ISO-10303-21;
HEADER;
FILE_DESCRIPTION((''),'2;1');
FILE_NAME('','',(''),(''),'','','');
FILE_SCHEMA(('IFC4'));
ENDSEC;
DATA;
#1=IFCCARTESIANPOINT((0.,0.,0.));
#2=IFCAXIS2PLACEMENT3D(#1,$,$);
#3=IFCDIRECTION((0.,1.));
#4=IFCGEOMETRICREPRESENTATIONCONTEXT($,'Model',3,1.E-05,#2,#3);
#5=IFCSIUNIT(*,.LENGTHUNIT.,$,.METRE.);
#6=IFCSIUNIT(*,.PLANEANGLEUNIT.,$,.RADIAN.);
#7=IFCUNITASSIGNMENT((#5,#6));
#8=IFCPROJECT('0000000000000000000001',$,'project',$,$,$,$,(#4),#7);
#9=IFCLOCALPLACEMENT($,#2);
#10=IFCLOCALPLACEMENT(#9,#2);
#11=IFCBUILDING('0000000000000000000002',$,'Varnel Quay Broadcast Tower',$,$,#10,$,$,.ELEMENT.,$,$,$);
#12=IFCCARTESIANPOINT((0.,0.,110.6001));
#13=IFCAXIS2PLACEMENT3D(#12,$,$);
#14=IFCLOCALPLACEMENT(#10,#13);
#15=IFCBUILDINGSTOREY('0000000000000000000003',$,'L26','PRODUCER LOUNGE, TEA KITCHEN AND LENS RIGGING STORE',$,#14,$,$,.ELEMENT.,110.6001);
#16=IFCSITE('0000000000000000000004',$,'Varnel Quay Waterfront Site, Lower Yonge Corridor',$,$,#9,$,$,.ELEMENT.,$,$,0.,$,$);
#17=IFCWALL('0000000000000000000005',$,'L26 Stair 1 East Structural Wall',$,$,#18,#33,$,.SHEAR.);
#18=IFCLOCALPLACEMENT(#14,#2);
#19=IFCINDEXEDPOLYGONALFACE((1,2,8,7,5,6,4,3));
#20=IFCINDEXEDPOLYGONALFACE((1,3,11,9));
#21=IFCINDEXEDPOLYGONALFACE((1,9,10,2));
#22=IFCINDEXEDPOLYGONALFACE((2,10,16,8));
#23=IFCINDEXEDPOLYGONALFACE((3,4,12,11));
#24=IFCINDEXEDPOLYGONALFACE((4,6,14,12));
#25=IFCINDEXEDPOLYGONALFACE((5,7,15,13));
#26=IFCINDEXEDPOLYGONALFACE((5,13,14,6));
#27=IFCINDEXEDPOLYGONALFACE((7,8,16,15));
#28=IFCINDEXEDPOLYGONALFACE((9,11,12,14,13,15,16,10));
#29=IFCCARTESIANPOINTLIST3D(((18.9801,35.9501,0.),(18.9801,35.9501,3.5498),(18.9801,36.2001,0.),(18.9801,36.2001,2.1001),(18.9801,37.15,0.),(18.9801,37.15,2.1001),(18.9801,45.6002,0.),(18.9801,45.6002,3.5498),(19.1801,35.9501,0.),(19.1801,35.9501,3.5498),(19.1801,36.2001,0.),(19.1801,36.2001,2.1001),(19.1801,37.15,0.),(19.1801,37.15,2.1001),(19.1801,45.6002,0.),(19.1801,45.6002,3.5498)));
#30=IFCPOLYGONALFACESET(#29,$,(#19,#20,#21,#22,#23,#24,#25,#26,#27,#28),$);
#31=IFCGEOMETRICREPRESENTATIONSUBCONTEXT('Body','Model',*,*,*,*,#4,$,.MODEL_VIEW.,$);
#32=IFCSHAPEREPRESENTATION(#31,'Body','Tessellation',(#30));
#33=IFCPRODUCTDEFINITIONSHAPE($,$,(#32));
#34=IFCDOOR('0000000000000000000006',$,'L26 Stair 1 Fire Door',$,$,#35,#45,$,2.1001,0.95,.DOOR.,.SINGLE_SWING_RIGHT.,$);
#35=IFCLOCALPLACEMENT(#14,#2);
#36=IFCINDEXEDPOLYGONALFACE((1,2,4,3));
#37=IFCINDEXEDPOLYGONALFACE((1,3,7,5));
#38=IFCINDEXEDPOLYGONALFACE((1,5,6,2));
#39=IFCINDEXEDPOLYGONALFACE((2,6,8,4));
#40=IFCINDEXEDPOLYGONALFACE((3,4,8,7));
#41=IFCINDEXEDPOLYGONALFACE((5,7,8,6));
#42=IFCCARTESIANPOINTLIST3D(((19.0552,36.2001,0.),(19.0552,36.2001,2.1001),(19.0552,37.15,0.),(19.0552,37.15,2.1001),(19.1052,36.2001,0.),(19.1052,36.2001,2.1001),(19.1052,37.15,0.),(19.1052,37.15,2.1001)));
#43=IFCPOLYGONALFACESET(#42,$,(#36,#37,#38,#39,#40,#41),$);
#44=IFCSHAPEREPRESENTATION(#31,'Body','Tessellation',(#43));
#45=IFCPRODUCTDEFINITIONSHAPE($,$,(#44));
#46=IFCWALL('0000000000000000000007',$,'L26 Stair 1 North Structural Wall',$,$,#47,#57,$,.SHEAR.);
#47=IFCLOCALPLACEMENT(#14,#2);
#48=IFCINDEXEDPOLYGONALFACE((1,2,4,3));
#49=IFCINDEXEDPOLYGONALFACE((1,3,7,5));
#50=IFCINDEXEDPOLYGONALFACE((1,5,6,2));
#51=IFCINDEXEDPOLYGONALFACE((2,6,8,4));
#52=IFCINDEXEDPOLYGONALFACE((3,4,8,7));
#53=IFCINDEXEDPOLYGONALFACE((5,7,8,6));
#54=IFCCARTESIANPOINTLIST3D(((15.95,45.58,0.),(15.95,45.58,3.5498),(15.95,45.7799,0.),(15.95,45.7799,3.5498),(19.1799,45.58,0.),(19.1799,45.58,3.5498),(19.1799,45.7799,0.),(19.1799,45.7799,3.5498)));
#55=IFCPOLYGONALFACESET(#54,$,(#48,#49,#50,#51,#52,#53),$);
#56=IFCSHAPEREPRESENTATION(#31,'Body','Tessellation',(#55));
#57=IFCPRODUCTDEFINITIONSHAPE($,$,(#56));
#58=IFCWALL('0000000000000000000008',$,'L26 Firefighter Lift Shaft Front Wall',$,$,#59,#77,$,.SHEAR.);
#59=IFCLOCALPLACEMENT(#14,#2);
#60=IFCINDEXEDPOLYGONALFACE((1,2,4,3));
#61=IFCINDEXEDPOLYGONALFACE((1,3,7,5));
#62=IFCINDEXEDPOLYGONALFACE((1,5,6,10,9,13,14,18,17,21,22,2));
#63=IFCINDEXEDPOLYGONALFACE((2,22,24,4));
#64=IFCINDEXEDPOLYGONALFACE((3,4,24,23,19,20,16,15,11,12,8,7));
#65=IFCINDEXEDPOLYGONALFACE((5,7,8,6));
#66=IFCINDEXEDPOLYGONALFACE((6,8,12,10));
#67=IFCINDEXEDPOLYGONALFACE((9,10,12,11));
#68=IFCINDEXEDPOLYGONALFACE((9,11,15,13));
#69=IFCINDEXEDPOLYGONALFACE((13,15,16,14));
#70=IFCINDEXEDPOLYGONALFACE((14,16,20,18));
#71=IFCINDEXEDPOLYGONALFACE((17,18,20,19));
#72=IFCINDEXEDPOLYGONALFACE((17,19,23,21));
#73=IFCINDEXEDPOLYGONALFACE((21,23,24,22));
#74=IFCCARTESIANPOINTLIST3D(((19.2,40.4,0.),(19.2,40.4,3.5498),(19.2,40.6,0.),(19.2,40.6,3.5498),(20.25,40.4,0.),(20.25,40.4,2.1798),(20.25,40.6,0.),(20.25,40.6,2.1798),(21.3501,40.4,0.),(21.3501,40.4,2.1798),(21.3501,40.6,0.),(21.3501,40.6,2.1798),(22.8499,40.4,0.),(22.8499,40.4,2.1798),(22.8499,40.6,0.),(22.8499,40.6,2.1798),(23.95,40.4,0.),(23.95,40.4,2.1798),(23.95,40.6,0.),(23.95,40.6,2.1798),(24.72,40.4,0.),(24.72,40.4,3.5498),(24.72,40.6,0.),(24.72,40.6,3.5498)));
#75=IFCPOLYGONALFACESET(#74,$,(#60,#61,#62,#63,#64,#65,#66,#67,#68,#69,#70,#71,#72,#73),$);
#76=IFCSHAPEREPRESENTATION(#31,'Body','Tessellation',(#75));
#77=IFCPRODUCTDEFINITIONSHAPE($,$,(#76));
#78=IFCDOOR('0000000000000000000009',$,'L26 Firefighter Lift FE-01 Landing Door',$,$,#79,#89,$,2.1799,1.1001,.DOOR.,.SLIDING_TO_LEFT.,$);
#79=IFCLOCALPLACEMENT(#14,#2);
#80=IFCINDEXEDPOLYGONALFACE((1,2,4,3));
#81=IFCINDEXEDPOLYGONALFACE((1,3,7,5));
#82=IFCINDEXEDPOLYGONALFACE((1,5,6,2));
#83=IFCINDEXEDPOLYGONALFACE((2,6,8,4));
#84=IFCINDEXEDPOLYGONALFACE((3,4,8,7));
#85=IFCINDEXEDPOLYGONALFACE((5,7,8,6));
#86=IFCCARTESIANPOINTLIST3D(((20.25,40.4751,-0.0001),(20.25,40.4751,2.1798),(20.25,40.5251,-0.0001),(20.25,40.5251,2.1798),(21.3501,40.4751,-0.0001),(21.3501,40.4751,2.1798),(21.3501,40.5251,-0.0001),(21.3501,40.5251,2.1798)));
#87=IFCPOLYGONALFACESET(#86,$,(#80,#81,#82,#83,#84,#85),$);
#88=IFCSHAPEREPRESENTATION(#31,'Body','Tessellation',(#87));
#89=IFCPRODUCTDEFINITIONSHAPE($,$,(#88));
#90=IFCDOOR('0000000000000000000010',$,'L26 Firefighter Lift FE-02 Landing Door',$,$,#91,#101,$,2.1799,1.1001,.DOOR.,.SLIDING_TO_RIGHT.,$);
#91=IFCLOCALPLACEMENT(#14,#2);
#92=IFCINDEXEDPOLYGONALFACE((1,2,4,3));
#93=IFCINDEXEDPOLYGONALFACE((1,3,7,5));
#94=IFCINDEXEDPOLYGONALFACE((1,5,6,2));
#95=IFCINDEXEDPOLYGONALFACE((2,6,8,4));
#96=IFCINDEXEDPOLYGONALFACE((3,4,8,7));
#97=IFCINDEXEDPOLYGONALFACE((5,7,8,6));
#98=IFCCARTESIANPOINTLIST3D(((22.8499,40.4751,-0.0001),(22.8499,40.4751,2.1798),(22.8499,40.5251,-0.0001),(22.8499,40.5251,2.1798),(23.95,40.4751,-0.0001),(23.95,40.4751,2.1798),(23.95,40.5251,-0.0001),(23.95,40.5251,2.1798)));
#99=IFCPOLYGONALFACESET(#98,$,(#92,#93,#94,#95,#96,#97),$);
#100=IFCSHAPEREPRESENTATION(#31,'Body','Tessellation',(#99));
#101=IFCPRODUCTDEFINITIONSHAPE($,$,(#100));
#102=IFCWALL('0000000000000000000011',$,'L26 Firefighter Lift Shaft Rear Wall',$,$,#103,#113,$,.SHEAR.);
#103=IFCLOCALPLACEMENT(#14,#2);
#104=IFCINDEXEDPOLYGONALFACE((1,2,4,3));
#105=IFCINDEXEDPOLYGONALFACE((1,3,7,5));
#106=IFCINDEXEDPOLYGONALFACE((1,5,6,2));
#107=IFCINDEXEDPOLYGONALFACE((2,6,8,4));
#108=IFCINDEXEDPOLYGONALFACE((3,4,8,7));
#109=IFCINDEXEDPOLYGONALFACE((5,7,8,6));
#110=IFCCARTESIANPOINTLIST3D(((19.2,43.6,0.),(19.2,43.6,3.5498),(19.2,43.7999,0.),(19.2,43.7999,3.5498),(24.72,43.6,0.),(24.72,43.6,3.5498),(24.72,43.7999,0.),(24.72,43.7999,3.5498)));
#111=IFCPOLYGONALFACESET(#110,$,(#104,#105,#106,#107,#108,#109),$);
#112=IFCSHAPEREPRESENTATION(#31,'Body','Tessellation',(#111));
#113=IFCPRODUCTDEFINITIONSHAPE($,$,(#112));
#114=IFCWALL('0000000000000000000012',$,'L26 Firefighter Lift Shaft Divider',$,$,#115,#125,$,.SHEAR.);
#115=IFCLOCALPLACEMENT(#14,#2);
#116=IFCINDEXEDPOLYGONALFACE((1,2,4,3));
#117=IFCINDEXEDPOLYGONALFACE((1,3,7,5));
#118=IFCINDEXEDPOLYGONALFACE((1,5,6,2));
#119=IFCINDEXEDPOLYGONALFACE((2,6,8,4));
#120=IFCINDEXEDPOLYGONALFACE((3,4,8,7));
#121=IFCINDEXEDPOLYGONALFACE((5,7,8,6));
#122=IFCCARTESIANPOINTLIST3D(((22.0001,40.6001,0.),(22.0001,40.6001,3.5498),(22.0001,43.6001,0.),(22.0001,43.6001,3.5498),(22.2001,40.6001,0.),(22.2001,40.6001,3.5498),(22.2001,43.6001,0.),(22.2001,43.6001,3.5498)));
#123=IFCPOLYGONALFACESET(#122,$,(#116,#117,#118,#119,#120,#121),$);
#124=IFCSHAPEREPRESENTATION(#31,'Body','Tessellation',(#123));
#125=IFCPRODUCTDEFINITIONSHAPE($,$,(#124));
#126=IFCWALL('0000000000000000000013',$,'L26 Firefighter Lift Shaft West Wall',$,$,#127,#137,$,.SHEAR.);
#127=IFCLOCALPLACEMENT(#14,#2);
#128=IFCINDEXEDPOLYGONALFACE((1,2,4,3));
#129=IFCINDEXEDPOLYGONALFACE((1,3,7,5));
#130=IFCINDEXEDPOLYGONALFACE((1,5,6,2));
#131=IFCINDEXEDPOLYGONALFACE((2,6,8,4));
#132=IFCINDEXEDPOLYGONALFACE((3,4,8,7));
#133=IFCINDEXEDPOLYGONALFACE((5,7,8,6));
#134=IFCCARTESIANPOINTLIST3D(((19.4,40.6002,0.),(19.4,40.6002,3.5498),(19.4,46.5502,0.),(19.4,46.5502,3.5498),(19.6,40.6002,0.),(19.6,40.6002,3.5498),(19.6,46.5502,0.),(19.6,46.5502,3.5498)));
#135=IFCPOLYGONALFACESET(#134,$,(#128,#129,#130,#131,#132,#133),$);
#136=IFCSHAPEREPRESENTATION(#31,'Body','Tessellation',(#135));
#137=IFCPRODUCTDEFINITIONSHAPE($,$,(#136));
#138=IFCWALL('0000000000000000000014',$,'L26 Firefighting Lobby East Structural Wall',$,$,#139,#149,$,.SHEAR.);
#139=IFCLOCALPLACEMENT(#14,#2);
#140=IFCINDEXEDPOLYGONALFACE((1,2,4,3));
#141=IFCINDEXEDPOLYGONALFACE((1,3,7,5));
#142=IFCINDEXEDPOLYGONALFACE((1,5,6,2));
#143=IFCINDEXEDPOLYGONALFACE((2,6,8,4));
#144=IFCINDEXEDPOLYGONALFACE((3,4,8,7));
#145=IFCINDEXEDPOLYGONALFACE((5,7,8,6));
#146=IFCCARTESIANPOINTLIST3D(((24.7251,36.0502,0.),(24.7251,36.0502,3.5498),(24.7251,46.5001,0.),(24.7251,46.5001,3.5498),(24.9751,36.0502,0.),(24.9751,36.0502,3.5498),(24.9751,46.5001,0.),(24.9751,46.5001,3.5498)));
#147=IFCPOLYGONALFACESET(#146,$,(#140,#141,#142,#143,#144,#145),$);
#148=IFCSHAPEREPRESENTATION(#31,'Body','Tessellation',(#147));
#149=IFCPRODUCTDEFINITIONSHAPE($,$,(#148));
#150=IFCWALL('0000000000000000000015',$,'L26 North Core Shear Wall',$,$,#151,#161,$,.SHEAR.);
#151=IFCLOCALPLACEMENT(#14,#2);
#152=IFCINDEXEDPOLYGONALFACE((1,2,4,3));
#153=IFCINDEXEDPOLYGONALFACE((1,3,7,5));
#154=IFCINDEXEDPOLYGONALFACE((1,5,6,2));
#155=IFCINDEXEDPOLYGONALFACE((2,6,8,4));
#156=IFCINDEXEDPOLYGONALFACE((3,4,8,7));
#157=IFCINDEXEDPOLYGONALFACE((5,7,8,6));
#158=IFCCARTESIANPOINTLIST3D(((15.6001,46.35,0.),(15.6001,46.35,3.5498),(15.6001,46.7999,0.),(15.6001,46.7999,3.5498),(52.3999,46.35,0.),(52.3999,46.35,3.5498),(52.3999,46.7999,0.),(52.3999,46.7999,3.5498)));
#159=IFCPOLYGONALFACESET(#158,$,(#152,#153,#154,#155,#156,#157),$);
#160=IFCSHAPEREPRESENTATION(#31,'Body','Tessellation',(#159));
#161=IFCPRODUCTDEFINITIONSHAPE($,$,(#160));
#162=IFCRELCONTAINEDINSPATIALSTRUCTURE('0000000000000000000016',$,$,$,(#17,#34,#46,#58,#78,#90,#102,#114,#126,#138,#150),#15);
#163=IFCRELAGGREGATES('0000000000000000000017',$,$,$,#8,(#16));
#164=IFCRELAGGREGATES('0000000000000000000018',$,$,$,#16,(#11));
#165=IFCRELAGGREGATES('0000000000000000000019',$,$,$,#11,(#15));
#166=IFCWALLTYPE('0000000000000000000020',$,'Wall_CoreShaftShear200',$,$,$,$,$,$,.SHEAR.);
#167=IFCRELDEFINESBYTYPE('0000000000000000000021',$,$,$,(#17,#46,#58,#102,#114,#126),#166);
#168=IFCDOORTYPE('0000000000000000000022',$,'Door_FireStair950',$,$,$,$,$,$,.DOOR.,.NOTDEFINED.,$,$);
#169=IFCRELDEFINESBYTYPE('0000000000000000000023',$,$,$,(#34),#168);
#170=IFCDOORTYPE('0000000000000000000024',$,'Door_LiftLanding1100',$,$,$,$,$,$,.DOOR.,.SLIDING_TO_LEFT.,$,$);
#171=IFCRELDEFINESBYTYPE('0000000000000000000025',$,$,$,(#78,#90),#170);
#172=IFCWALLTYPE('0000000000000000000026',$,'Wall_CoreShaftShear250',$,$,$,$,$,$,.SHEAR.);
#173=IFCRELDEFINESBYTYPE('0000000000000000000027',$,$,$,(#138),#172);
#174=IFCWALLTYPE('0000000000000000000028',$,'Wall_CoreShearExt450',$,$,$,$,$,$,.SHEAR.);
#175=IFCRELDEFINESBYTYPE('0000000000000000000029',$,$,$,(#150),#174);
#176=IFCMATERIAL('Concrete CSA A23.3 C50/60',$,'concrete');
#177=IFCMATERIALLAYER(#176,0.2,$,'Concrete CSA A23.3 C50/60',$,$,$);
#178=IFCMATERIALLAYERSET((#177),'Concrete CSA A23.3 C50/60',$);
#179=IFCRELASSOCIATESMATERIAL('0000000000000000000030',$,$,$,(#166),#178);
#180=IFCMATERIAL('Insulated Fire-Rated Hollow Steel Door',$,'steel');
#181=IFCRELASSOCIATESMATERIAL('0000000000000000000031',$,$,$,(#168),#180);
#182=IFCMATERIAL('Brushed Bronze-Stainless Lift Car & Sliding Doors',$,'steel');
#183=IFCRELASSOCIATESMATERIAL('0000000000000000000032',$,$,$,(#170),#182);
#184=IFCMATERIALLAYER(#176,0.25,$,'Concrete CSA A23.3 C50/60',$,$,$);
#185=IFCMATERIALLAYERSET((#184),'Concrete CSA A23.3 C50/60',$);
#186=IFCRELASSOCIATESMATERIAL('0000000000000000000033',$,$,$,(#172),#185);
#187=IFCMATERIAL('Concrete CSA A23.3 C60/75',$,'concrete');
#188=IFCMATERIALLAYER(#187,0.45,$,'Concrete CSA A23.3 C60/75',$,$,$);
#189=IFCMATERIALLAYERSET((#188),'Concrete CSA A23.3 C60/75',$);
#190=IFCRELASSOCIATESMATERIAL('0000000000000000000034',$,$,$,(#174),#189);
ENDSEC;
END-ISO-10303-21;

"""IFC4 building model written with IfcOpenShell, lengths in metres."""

from ifc_helpers import new_model, si_unit, direction, frame, frame_2d, origin, place, context, subcontext, project, spatial, rectangle, extrude, source, transform, mapped, material, layer, layer_set, type_object, type_shapes, element, fill, save


model = new_model("IFC4")

# Units and contexts
model_context = context("Model", 3, precision=1e-05, world=origin(), true_north=direction((0.0, 1.0)))
body_context = subcontext(model_context, "Body", "Model", "MODEL_VIEW")
ifc_project = project(units=[si_unit("LENGTHUNIT", "METRE"), si_unit("PLANEANGLEUNIT", "RADIAN")], contexts=[model_context])

# Site, building, storey
site_placement = place(None, origin())
site = spatial("IfcSite", under=ifc_project, at=site_placement, Name="Varnel Quay Waterfront Site, Lower Yonge Corridor", CompositionType="ELEMENT", RefElevation=0.0)
building_placement = place(site_placement, origin())
building = spatial("IfcBuilding", under=site, at=building_placement, Name="Varnel Quay Broadcast Tower", CompositionType="ELEMENT")
storey_placement = place(building_placement, frame((0.0, 0.0, 110.6001)))
storey = spatial("IfcBuildingStorey", under=building, at=storey_placement, Name="L26", Description="PRODUCER LOUNGE, TEA KITCHEN AND LENS RIGGING STORE", CompositionType="ELEMENT", Elevation=110.6001)

# Shared definitions
ifc_material_1 = material(Name="Concrete CSA A23.3 C60/75", Category="concrete")

# Wall, opening, door
ifc_material_2 = material(Name="Concrete CSA A23.3 C50/60", Category="concrete")
ifc_layer_1 = layer(ifc_material_2, 0.2, Name="Concrete CSA A23.3 C50/60")
ifc_layer_set_1 = layer_set([ifc_layer_1], Name="Concrete CSA A23.3 C50/60")
wall_type_1 = type_object("IfcWallType", Name="Wall_CoreShaftShear200", PredefinedType="SHEAR", material=ifc_layer_set_1)
wall_1_placement = place(storey_placement, frame((19.0801, 35.95, 0.0), z_axis=(0.0, 0.0, 1.0), x_axis=(0.0, 1.0, 0.0)))
wall_1 = element("IfcWall", 1, at=wall_1_placement, inside=storey, type_object=wall_type_1, Name="L26 Stair 1 East Structural Wall", PredefinedType="SHEAR", context=body_context, shape_type="SweptSolid", body=[
    extrude(rectangle(XDim=9.6501, YDim=0.2, at=frame_2d((4.8252, 0.0))), origin(), (0.0, 0.0, 1.0), 3.5498),
])
opening_1_placement = place(wall_1_placement, frame((0.25, 0.0, 0.0)))
opening_1 = element("IfcOpeningElement", 2, at=opening_1_placement, cuts=wall_1, PredefinedType="OPENING", context=body_context, shape_type="SweptSolid", body=[
    extrude(rectangle(XDim=0.95, YDim=2.1001, at=frame_2d((0.4751, 1.05))), frame((0.0, 0.1099, 0.0), z_axis=(0.0, -1.0, 0.0), x_axis=(1.0, 0.0, 0.0)), (0.0, 0.0, 1.0), 0.22),
])
ifc_material_3 = material(Name="Insulated Fire-Rated Hollow Steel Door", Category="steel")
door_type_1 = type_object("IfcDoorType", Name="Door_FireStair950", OperationType="NOTDEFINED", PredefinedType="DOOR", material=ifc_material_3)
shared_shape_1 = source(origin(), body_context, "Body", "SweptSolid", [
    extrude(rectangle(XDim=0.95, YDim=2.1001, at=frame_2d((0.4751, 1.05))), frame((0.0, 0.0249, 0.0), z_axis=(0.0, -1.0, 0.0), x_axis=(1.0, 0.0, 0.0)), (0.0, 0.0, 1.0), 0.05),
])
type_shapes(door_type_1, [shared_shape_1])
door_1_placement = place(opening_1_placement, origin())
door_1 = element("IfcDoor", 3, at=door_1_placement, inside=storey, type_object=door_type_1, Name="L26 Stair 1 Fire Door", OperationType="SINGLE_SWING_RIGHT", OverallHeight=2.1001, OverallWidth=0.95, PredefinedType="DOOR", context=body_context, shape_type="MappedRepresentation", body=[
    mapped(shared_shape_1, transform((0.0, 0.0, 0.0), x_axis=(1.0, 0.0, 0.0), y_axis=(0.0, 1.0, 0.0), z_axis=(0.0, 0.0, 1.0), scale=1.0)),
])
fill(opening_1, door_1)

# Wall
wall_2_placement = place(storey_placement, frame((15.95, 45.6799, 0.0), z_axis=(0.0, 0.0, 1.0), x_axis=(1.0, 0.0, 0.0)))
element("IfcWall", 4, at=wall_2_placement, inside=storey, type_object=wall_type_1, Name="L26 Stair 1 North Structural Wall", PredefinedType="SHEAR", context=body_context, shape_type="SweptSolid", body=[
    extrude(rectangle(XDim=3.23, YDim=0.2, at=frame_2d((1.615, 0.0))), origin(), (0.0, 0.0, 1.0), 3.5498),
])

# Wall, openings, doors
wall_3_placement = place(storey_placement, frame((19.2, 40.5, 0.0), z_axis=(0.0, 0.0, 1.0), x_axis=(1.0, 0.0, 0.0)))
wall_3 = element("IfcWall", 5, at=wall_3_placement, inside=storey, type_object=wall_type_1, Name="L26 Firefighter Lift Shaft Front Wall", PredefinedType="SHEAR", context=body_context, shape_type="SweptSolid", body=[
    extrude(rectangle(XDim=5.52, YDim=0.2, at=frame_2d((2.76, 0.0))), origin(), (0.0, 0.0, 1.0), 3.5498),
])
opening_2_placement = place(wall_3_placement, frame((1.05, 0.0, 0.0)))
opening_2 = element("IfcOpeningElement", 6, at=opening_2_placement, cuts=wall_3, PredefinedType="OPENING", context=body_context, shape_type="SweptSolid", body=[
    extrude(rectangle(XDim=1.1001, YDim=2.1799, at=frame_2d((0.55, 1.0898))), frame((0.0, 0.1099, 0.0), z_axis=(0.0, -1.0, 0.0), x_axis=(1.0, 0.0, 0.0)), (0.0, 0.0, 1.0), 0.22),
])
opening_3_placement = place(wall_3_placement, frame((3.6499, 0.0, 0.0)))
opening_3 = element("IfcOpeningElement", 7, at=opening_3_placement, cuts=wall_3, PredefinedType="OPENING", context=body_context, shape_type="SweptSolid", body=[
    extrude(rectangle(XDim=1.1001, YDim=2.1799, at=frame_2d((0.55, 1.0898))), frame((0.0, 0.1099, 0.0), z_axis=(0.0, -1.0, 0.0), x_axis=(1.0, 0.0, 0.0)), (0.0, 0.0, 1.0), 0.22),
])
ifc_material_4 = material(Name="Brushed Bronze-Stainless Lift Car & Sliding Doors", Category="steel")
door_type_2 = type_object("IfcDoorType", Name="Door_LiftLanding1100", OperationType="SLIDING_TO_LEFT", PredefinedType="DOOR", material=ifc_material_4)
shared_shape_2 = source(origin(), body_context, "Body", "SweptSolid", [
    extrude(rectangle(XDim=1.1001, YDim=2.1799, at=frame_2d((0.55, 1.0898))), frame((0.0, 0.0249, 0.0), z_axis=(0.0, -1.0, 0.0), x_axis=(1.0, 0.0, 0.0)), (0.0, 0.0, 1.0), 0.05),
])
type_shapes(door_type_2, [shared_shape_2])
door_2_placement = place(opening_2_placement, frame((1.1001, 0.0, 0.0), z_axis=(0.0, 0.0, 1.0), x_axis=(-1.0, 0.0, 0.0)))
door_2 = element("IfcDoor", 8, at=door_2_placement, inside=storey, type_object=door_type_2, Name="L26 Firefighter Lift FE-01 Landing Door", OperationType="SLIDING_TO_LEFT", OverallHeight=2.1799, OverallWidth=1.1001, PredefinedType="DOOR", context=body_context, shape_type="MappedRepresentation", body=[
    mapped(shared_shape_2, transform((0.0, 0.0, 0.0), x_axis=(1.0, 0.0, 0.0), y_axis=(0.0, 1.0, 0.0), z_axis=(0.0, 0.0, 1.0), scale=1.0)),
])
fill(opening_2, door_2)
door_3_placement = place(opening_3_placement, frame((1.1001, 0.0, 0.0), z_axis=(0.0, 0.0, 1.0), x_axis=(-1.0, 0.0, 0.0)))
door_3 = element("IfcDoor", 9, at=door_3_placement, inside=storey, type_object=door_type_2, Name="L26 Firefighter Lift FE-02 Landing Door", OperationType="SLIDING_TO_RIGHT", OverallHeight=2.1799, OverallWidth=1.1001, PredefinedType="DOOR", context=body_context, shape_type="MappedRepresentation", body=[
    mapped(shared_shape_2, transform((0.0, 0.0, 0.0), x_axis=(1.0, 0.0, 0.0), y_axis=(0.0, 1.0, 0.0), z_axis=(0.0, 0.0, 1.0), scale=1.0)),
])
fill(opening_3, door_3)

# Walls
wall_4_placement = place(storey_placement, frame((19.2, 43.7, 0.0), z_axis=(0.0, 0.0, 1.0), x_axis=(1.0, 0.0, 0.0)))
element("IfcWall", 10, at=wall_4_placement, inside=storey, type_object=wall_type_1, Name="L26 Firefighter Lift Shaft Rear Wall", PredefinedType="SHEAR", context=body_context, shape_type="SweptSolid", body=[
    extrude(rectangle(XDim=5.52, YDim=0.2, at=frame_2d((2.76, 0.0))), origin(), (0.0, 0.0, 1.0), 3.5498),
])
wall_5_placement = place(storey_placement, frame((22.1001, 40.6001, 0.0), z_axis=(0.0, 0.0, 1.0), x_axis=(0.0, 1.0, 0.0)))
element("IfcWall", 11, at=wall_5_placement, inside=storey, type_object=wall_type_1, Name="L26 Firefighter Lift Shaft Divider", PredefinedType="SHEAR", context=body_context, shape_type="SweptSolid", body=[
    extrude(rectangle(XDim=3.0, YDim=0.2, at=frame_2d((1.5, 0.0))), origin(), (0.0, 0.0, 1.0), 3.5498),
])
wall_6_placement = place(storey_placement, frame((19.5, 40.6001, 0.0), z_axis=(0.0, 0.0, 1.0), x_axis=(0.0, 1.0, 0.0)))
element("IfcWall", 12, at=wall_6_placement, inside=storey, type_object=wall_type_1, Name="L26 Firefighter Lift Shaft West Wall", PredefinedType="SHEAR", context=body_context, shape_type="SweptSolid", body=[
    extrude(rectangle(XDim=5.95, YDim=0.2, at=frame_2d((2.9751, 0.0))), origin(), (0.0, 0.0, 1.0), 3.5498),
])
ifc_layer_2 = layer(ifc_material_2, 0.25, Name="Concrete CSA A23.3 C50/60")
ifc_layer_set_2 = layer_set([ifc_layer_2], Name="Concrete CSA A23.3 C50/60")
wall_type_2 = type_object("IfcWallType", Name="Wall_CoreShaftShear250", PredefinedType="SHEAR", material=ifc_layer_set_2)
wall_7_placement = place(storey_placement, frame((24.8501, 36.05, 0.0), z_axis=(0.0, 0.0, 1.0), x_axis=(0.0, 1.0, 0.0)))
element("IfcWall", 13, at=wall_7_placement, inside=storey, type_object=wall_type_2, Name="L26 Firefighting Lobby East Structural Wall", PredefinedType="SHEAR", context=body_context, shape_type="SweptSolid", body=[
    extrude(rectangle(XDim=10.45, YDim=0.25, at=frame_2d((5.2251, 0.0))), origin(), (0.0, 0.0, 1.0), 3.5498),
])
ifc_layer_3 = layer(ifc_material_1, 0.45, Name="Concrete CSA A23.3 C60/75")
ifc_layer_set_3 = layer_set([ifc_layer_3], Name="Concrete CSA A23.3 C60/75")
wall_type_3 = type_object("IfcWallType", Name="Wall_CoreShearExt450", PredefinedType="SHEAR", material=ifc_layer_set_3)
wall_8_placement = place(storey_placement, frame((15.6001, 46.575, 0.0), z_axis=(0.0, 0.0, 1.0), x_axis=(1.0, 0.0, 0.0)))
element("IfcWall", 14, at=wall_8_placement, inside=storey, type_object=wall_type_3, Name="L26 North Core Shear Wall", PredefinedType="SHEAR", context=body_context, shape_type="SweptSolid", body=[
    extrude(rectangle(XDim=36.7998, YDim=0.45, at=frame_2d((18.3999, 0.0))), origin(), (0.0, 0.0, 1.0), 3.5498),
])

save(model, "model.ifc")
